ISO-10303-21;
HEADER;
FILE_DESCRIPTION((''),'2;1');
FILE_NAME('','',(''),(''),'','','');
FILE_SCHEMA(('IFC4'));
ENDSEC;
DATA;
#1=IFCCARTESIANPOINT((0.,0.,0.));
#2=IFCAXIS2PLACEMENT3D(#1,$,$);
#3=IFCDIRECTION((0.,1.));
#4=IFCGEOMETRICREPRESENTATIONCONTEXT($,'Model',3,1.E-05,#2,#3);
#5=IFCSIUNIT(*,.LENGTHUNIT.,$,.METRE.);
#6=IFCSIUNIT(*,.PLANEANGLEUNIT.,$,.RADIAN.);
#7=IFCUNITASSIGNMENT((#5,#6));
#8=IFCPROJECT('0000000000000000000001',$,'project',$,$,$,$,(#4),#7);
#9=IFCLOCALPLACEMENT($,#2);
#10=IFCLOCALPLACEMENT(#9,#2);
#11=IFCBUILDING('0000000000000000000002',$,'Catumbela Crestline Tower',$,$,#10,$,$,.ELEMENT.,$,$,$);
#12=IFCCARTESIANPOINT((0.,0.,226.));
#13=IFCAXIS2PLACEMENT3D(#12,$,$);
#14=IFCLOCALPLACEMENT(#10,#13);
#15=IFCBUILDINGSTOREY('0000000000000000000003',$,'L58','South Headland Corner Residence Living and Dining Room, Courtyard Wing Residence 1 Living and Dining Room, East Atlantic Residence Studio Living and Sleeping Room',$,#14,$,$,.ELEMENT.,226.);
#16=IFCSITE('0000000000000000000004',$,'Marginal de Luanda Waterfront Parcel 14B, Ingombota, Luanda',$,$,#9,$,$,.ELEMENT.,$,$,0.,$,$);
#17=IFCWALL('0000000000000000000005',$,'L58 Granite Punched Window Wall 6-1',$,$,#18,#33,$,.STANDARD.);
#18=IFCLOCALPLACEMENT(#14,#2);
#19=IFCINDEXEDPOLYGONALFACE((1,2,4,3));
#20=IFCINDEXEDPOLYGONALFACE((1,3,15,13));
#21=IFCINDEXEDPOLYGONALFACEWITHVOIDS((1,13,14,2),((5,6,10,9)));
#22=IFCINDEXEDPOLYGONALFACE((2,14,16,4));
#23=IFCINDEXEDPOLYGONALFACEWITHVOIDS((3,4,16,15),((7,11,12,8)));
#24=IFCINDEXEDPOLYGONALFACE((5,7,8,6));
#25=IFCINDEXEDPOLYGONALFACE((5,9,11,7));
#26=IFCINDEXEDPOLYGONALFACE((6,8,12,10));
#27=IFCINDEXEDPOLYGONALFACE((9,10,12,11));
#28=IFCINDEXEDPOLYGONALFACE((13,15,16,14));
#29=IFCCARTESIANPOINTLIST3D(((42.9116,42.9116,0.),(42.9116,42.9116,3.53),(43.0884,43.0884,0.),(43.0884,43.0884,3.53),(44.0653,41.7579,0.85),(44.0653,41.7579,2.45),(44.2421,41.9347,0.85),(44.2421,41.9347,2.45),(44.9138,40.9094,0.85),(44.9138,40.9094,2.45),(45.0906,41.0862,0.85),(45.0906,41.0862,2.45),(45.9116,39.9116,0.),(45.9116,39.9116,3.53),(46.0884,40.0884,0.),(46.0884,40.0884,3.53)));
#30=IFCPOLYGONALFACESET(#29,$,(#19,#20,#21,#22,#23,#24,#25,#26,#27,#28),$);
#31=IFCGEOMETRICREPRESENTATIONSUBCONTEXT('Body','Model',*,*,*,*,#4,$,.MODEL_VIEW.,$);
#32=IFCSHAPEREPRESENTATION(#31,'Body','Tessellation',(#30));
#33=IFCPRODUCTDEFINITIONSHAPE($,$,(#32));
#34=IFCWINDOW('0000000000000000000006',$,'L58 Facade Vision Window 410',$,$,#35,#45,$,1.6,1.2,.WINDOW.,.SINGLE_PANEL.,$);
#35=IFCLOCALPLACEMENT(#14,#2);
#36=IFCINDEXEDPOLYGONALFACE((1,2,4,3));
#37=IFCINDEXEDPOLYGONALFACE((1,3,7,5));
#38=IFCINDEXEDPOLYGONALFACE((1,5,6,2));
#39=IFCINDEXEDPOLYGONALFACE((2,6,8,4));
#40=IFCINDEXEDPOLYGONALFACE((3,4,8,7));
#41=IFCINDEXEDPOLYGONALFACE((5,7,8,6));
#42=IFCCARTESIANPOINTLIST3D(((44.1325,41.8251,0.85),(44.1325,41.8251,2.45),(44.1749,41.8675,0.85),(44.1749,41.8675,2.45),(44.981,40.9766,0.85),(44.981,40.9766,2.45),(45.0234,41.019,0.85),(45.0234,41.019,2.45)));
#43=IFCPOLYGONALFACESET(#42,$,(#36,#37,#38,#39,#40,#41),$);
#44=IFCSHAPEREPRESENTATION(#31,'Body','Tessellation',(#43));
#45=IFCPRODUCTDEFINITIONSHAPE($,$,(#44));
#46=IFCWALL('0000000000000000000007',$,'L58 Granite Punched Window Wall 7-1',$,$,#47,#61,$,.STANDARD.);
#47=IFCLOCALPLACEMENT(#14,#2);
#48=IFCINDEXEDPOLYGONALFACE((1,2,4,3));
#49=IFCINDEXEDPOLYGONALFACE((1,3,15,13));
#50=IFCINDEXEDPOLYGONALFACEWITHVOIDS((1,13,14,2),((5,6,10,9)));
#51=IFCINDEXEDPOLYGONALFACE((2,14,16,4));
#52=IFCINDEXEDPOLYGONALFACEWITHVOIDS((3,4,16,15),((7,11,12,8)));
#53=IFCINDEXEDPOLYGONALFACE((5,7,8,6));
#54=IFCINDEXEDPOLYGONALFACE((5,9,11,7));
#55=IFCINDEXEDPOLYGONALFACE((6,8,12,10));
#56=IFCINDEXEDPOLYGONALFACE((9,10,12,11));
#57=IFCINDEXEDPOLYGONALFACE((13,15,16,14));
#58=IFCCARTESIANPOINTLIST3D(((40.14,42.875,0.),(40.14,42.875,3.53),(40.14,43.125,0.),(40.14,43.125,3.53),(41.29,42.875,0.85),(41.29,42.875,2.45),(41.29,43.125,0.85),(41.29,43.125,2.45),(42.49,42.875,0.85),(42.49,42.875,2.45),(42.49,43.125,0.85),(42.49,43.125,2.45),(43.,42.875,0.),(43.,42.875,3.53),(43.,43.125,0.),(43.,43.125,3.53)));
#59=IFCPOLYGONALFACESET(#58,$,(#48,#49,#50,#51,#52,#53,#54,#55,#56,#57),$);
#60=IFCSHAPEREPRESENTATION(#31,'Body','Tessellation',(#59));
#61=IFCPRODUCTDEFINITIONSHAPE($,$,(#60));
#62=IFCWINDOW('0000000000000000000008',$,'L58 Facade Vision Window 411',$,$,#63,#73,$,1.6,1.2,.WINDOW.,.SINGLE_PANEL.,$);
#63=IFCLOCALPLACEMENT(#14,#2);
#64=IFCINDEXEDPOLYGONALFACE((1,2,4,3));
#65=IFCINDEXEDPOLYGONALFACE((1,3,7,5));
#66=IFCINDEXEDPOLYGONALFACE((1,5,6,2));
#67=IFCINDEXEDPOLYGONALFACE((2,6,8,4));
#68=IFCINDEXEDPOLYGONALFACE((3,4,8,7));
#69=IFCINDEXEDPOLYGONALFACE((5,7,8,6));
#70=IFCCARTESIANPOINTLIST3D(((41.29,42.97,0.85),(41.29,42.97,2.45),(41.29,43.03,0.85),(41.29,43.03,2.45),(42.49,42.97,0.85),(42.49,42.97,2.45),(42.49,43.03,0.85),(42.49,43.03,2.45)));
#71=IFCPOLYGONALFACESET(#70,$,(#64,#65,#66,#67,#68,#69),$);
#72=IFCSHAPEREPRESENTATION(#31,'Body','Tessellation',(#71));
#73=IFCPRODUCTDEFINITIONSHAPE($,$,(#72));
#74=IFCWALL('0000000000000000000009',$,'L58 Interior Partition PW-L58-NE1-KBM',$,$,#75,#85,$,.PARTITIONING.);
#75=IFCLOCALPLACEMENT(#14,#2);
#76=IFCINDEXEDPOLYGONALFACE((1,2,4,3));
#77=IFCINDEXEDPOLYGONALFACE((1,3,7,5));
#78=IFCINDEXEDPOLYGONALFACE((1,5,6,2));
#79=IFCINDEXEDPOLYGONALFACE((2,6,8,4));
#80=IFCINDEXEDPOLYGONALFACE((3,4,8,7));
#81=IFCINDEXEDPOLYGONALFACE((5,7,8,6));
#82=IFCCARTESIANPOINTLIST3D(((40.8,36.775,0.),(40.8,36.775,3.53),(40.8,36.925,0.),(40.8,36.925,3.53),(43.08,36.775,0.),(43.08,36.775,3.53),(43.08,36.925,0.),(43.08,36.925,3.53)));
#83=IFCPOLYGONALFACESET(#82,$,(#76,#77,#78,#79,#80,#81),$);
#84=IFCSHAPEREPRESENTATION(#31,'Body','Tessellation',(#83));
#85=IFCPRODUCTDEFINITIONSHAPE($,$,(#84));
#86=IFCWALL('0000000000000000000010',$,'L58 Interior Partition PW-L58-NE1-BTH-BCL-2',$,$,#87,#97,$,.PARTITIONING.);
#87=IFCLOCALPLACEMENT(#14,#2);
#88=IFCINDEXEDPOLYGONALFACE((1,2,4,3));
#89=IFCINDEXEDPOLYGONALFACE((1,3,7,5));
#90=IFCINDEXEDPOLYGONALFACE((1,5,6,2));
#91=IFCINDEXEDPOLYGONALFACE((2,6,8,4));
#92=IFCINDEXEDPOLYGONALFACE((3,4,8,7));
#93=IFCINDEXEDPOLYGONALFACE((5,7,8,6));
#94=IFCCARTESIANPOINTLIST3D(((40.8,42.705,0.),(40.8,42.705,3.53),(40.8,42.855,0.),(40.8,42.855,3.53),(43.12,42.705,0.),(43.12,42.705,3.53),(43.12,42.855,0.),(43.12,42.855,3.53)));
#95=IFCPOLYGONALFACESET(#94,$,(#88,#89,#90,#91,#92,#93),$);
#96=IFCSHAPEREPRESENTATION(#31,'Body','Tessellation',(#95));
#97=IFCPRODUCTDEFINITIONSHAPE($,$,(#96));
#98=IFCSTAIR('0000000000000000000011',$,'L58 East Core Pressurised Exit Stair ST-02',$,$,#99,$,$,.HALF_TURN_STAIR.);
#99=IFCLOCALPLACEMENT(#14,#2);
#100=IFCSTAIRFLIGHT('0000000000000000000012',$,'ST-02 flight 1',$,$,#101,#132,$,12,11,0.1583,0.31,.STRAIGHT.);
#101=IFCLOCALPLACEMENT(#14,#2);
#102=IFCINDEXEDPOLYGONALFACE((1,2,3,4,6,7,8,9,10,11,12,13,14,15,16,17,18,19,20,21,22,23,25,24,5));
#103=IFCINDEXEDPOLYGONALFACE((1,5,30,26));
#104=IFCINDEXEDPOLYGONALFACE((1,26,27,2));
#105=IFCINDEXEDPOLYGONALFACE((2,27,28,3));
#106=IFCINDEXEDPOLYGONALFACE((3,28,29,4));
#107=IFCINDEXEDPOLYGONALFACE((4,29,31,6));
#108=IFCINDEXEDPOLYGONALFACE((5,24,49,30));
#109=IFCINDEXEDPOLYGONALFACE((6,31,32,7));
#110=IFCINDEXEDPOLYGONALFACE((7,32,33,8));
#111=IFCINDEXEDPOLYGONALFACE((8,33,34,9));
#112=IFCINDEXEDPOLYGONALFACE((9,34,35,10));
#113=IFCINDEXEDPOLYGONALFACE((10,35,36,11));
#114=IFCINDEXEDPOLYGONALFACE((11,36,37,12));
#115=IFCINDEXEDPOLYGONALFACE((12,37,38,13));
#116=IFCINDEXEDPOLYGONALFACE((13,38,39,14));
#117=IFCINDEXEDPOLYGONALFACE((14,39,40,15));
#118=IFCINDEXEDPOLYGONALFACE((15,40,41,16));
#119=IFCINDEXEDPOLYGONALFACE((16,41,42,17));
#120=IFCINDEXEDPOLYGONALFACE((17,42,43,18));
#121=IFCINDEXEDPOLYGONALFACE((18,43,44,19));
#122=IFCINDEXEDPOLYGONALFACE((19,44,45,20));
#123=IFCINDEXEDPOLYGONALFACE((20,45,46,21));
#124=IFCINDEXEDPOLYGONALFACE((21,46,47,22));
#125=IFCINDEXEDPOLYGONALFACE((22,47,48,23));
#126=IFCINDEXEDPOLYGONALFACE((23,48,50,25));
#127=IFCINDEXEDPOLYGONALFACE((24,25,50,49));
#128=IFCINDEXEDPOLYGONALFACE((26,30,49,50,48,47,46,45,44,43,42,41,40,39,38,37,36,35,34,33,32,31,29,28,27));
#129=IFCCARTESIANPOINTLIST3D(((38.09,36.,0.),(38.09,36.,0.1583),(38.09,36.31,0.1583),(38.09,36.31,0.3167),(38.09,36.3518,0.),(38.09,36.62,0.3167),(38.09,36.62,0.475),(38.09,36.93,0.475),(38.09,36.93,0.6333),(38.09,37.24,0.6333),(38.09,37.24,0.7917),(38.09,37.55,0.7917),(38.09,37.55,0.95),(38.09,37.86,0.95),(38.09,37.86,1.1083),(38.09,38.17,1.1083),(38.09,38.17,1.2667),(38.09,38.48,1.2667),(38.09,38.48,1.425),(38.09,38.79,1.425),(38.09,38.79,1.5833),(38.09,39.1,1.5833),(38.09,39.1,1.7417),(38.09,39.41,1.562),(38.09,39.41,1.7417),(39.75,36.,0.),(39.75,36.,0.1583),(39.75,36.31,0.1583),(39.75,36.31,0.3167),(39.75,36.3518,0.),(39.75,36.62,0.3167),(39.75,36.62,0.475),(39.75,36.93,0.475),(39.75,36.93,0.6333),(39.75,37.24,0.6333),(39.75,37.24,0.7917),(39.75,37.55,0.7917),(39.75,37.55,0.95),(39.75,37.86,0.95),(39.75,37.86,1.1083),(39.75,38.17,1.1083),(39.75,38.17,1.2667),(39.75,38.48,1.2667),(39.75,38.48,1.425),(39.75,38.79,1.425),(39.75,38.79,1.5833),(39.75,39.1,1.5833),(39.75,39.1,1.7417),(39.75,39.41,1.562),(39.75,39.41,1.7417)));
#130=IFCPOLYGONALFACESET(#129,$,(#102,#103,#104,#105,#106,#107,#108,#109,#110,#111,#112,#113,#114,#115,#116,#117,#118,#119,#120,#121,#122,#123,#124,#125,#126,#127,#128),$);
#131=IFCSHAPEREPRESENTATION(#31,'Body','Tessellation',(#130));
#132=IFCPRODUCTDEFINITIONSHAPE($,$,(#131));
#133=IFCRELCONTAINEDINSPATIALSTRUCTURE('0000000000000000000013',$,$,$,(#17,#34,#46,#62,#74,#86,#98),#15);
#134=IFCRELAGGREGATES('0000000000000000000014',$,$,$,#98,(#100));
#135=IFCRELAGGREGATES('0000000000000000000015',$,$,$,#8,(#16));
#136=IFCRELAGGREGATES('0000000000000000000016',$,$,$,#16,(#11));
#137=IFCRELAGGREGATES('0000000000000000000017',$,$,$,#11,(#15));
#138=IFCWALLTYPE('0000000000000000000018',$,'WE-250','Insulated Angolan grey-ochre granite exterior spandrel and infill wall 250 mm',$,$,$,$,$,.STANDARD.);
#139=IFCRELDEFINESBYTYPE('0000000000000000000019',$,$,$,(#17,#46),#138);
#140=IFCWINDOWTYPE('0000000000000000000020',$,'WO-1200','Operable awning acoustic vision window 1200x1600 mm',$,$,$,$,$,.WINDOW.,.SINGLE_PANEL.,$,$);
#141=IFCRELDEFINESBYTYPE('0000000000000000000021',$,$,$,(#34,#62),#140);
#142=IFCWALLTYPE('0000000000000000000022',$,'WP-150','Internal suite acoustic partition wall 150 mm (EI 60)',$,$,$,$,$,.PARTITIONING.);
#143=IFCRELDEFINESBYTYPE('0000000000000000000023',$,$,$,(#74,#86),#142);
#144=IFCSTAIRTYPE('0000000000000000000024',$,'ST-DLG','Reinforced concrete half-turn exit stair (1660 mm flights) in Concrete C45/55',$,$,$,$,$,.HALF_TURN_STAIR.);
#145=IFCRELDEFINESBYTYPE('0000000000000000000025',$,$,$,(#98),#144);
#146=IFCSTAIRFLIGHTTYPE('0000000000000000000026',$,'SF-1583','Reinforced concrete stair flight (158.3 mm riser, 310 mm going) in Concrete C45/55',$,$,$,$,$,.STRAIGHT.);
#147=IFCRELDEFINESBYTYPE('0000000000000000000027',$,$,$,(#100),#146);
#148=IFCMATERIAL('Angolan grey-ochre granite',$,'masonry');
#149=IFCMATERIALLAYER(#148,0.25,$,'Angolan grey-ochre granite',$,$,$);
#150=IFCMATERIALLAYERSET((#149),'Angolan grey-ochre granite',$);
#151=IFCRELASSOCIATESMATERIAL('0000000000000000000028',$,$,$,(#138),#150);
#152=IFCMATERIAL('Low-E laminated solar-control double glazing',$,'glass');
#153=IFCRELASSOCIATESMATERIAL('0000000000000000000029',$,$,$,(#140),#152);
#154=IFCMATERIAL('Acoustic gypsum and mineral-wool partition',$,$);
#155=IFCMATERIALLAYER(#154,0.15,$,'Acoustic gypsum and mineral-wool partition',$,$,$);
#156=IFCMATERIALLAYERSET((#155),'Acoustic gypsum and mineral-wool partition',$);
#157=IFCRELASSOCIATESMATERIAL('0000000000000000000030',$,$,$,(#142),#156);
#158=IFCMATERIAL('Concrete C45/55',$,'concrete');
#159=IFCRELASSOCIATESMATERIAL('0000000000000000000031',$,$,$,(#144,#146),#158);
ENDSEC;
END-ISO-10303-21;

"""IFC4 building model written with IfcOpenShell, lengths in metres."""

from ifc_helpers import new_model, si_unit, direction, frame, frame_2d, origin, place, context, subcontext, project, spatial, polyline, rectangle, outline, extrude, material, layer, layer_set, type_object, element, fill, aggregate, save


model = new_model("IFC4")

# Units and contexts
model_context = context("Model", 3, precision=1e-05, world=origin(), true_north=direction((0.0, 1.0)))
body_context = subcontext(model_context, "Body", "Model", "MODEL_VIEW")
ifc_project = project(units=[si_unit("LENGTHUNIT", "METRE"), si_unit("PLANEANGLEUNIT", "RADIAN")], contexts=[model_context])

# Site, building, storey
site_placement = place(None, origin())
site = spatial("IfcSite", under=ifc_project, at=site_placement, Name="Marginal de Luanda Waterfront Parcel 14B, Ingombota, Luanda", CompositionType="ELEMENT", RefElevation=0.0)
building_placement = place(site_placement, origin())
building = spatial("IfcBuilding", under=site, at=building_placement, Name="Catumbela Crestline Tower", CompositionType="ELEMENT")
storey_placement = place(building_placement, frame((0.0, 0.0, 226.0)))
storey = spatial("IfcBuildingStorey", under=building, at=storey_placement, Name="L58", Description="South Headland Corner Residence Living and Dining Room, Courtyard Wing Residence 1 Living and Dining Room, East Atlantic Residence Studio Living and Sleeping Room", CompositionType="ELEMENT", Elevation=226.0)

# Shared definitions
ifc_material_1 = material(Name="Low-E laminated solar-control double glazing", Category="glass")

# Walls, openings, windows
ifc_material_2 = material(Name="Angolan grey-ochre granite", Category="masonry")
ifc_layer_1 = layer(ifc_material_2, 0.25, Name="Angolan grey-ochre granite")
ifc_layer_set_1 = layer_set([ifc_layer_1], Name="Angolan grey-ochre granite")
wall_type_1 = type_object("IfcWallType", Name="WE-250", Description="Insulated Angolan grey-ochre granite exterior spandrel and infill wall 250 mm", PredefinedType="STANDARD", material=ifc_layer_set_1)
wall_1_placement = place(storey_placement, frame((46.0, 40.0, 0.0), z_axis=(0.0, 0.0, 1.0), x_axis=(-0.707107, 0.707107, 0.0)))
wall_1 = element("IfcWall", 1, at=wall_1_placement, inside=storey, type_object=wall_type_1, Name="L58 Granite Punched Window Wall 6-1", PredefinedType="STANDARD", context=body_context, shape_type="SweptSolid", body=[
    extrude(rectangle(XDim=4.2426, YDim=0.25, at=frame_2d((2.1213, 0.0))), origin(), (0.0, 0.0, 1.0), 3.53),
])
opening_1_placement = place(wall_1_placement, frame((1.4111, 0.0, 0.85)))
opening_1 = element("IfcOpeningElement", 2, at=opening_1_placement, cuts=wall_1, PredefinedType="OPENING", context=body_context, shape_type="SweptSolid", body=[
    extrude(rectangle(XDim=1.2, YDim=1.6, at=frame_2d((0.6, 0.8))), frame((0.0, 0.135, 0.0), z_axis=(0.0, -1.0, 0.0), x_axis=(1.0, 0.0, 0.0)), (0.0, 0.0, 1.0), 0.27),
])
window_type = type_object("IfcWindowType", Name="WO-1200", Description="Operable awning acoustic vision window 1200x1600 mm", PartitioningType="SINGLE_PANEL", PredefinedType="WINDOW", material=ifc_material_1)
window_1_placement = place(opening_1_placement, origin())
window_1 = element("IfcWindow", 3, at=window_1_placement, inside=storey, type_object=window_type, Name="L58 Facade Vision Window 410", OverallHeight=1.6, OverallWidth=1.2, PartitioningType="SINGLE_PANEL", PredefinedType="WINDOW", context=body_context, shape_type="SweptSolid", body=[
    extrude(rectangle(XDim=1.2, YDim=1.6, at=frame_2d((0.6, 0.8))), frame((0.0, 0.03, 0.0), z_axis=(0.0, -1.0, 0.0), x_axis=(1.0, 0.0, 0.0)), (0.0, 0.0, 1.0), 0.06),
])
fill(opening_1, window_1)
wall_2_placement = place(storey_placement, frame((43.0, 43.0, 0.0), z_axis=(0.0, 0.0, 1.0), x_axis=(-1.0, 0.0, 0.0)))
wall_2 = element("IfcWall", 4, at=wall_2_placement, inside=storey, type_object=wall_type_1, Name="L58 Granite Punched Window Wall 7-1", PredefinedType="STANDARD", context=body_context, shape_type="SweptSolid", body=[
    extrude(rectangle(XDim=2.86, YDim=0.25, at=frame_2d((1.43, 0.0))), origin(), (0.0, 0.0, 1.0), 3.53),
])
opening_2_placement = place(wall_2_placement, frame((0.51, 0.0, 0.85)))
opening_2 = element("IfcOpeningElement", 5, at=opening_2_placement, cuts=wall_2, PredefinedType="OPENING", context=body_context, shape_type="SweptSolid", body=[
    extrude(rectangle(XDim=1.2, YDim=1.6, at=frame_2d((0.6, 0.8))), frame((0.0, 0.135, 0.0), z_axis=(0.0, -1.0, 0.0), x_axis=(1.0, 0.0, 0.0)), (0.0, 0.0, 1.0), 0.27),
])
window_2_placement = place(opening_2_placement, origin())
window_2 = element("IfcWindow", 6, at=window_2_placement, inside=storey, type_object=window_type, Name="L58 Facade Vision Window 411", OverallHeight=1.6, OverallWidth=1.2, PartitioningType="SINGLE_PANEL", PredefinedType="WINDOW", context=body_context, shape_type="SweptSolid", body=[
    extrude(rectangle(XDim=1.2, YDim=1.6, at=frame_2d((0.6, 0.8))), frame((0.0, 0.03, 0.0), z_axis=(0.0, -1.0, 0.0), x_axis=(1.0, 0.0, 0.0)), (0.0, 0.0, 1.0), 0.06),
])
fill(opening_2, window_2)

# Walls
ifc_material_3 = material(Name="Acoustic gypsum and mineral-wool partition")
ifc_layer_2 = layer(ifc_material_3, 0.15, Name="Acoustic gypsum and mineral-wool partition")
ifc_layer_set_2 = layer_set([ifc_layer_2], Name="Acoustic gypsum and mineral-wool partition")
wall_type_2 = type_object("IfcWallType", Name="WP-150", Description="Internal suite acoustic partition wall 150 mm (EI 60)", PredefinedType="PARTITIONING", material=ifc_layer_set_2)
wall_3_placement = place(storey_placement, frame((40.8, 36.85, 0.0), z_axis=(0.0, 0.0, 1.0), x_axis=(1.0, 0.0, 0.0)))
element("IfcWall", 7, at=wall_3_placement, inside=storey, type_object=wall_type_2, Name="L58 Interior Partition PW-L58-NE1-KBM", PredefinedType="PARTITIONING", context=body_context, shape_type="SweptSolid", body=[
    extrude(rectangle(XDim=2.28, YDim=0.15, at=frame_2d((1.14, 0.0))), origin(), (0.0, 0.0, 1.0), 3.53),
])
wall_4_placement = place(storey_placement, frame((40.8, 42.78, 0.0), z_axis=(0.0, 0.0, 1.0), x_axis=(1.0, 0.0, 0.0)))
element("IfcWall", 8, at=wall_4_placement, inside=storey, type_object=wall_type_2, Name="L58 Interior Partition PW-L58-NE1-BTH-BCL-2", PredefinedType="PARTITIONING", context=body_context, shape_type="SweptSolid", body=[
    extrude(rectangle(XDim=2.32, YDim=0.15, at=frame_2d((1.16, 0.0))), origin(), (0.0, 0.0, 1.0), 3.53),
])

# Stair, stair flight
ifc_material_4 = material(Name="Concrete C45/55", Category="concrete")
stair_type = type_object("IfcStairType", Name="ST-DLG", Description="Reinforced concrete half-turn exit stair (1660 mm flights) in Concrete C45/55", PredefinedType="HALF_TURN_STAIR", material=ifc_material_4)
stair_placement = place(storey_placement, origin())
stair = element("IfcStair", 9, at=stair_placement, inside=storey, type_object=stair_type, Name="L58 East Core Pressurised Exit Stair ST-02", PredefinedType="HALF_TURN_STAIR")
stair_flight_type = type_object("IfcStairFlightType", Name="SF-1583", Description="Reinforced concrete stair flight (158.3 mm riser, 310 mm going) in Concrete C45/55", PredefinedType="STRAIGHT", material=ifc_material_4)
stair_flight_placement = place(storey_placement, frame((38.92, 36.0, 0.0), z_axis=(0.0, 0.0, 1.0), x_axis=(0.0, 1.0, 0.0)))
stair_flight = element("IfcStairFlight", 10, at=stair_flight_placement, type_object=stair_flight_type, Name="ST-02 flight 1", NumberOfRisers=12, NumberOfTreads=11, PredefinedType="STRAIGHT", RiserHeight=0.1583, TreadLength=0.31, context=body_context, shape_type="SweptSolid", body=[
    extrude(outline(polyline([(0.0, 0.0), (0.0, 0.1583), (0.31, 0.1583), (0.31, 0.3167), (0.62, 0.3167), (0.62, 0.475), (0.93, 0.475), (0.93, 0.6333), (1.24, 0.6333), (1.24, 0.7917), (1.55, 0.7917), (1.55, 0.95), (1.86, 0.95), (1.86, 1.1083), (2.17, 1.1083), (2.17, 1.2667), (2.48, 1.2667), (2.48, 1.425), (2.79, 1.425), (2.79, 1.5833), (3.1, 1.5833), (3.1, 1.7417), (3.41, 1.7417), (3.41, 1.9), (3.41, 1.562), (0.3518, 0.0), (0.0, 0.0)])), frame((0.0, 0.83, 0.0), z_axis=(0.0, -1.0, 0.0), x_axis=(1.0, 0.0, 0.0)), (0.0, 0.0, 1.0), 1.66),
])
aggregate(stair, [stair_flight])

save(model, "model.ifc")
